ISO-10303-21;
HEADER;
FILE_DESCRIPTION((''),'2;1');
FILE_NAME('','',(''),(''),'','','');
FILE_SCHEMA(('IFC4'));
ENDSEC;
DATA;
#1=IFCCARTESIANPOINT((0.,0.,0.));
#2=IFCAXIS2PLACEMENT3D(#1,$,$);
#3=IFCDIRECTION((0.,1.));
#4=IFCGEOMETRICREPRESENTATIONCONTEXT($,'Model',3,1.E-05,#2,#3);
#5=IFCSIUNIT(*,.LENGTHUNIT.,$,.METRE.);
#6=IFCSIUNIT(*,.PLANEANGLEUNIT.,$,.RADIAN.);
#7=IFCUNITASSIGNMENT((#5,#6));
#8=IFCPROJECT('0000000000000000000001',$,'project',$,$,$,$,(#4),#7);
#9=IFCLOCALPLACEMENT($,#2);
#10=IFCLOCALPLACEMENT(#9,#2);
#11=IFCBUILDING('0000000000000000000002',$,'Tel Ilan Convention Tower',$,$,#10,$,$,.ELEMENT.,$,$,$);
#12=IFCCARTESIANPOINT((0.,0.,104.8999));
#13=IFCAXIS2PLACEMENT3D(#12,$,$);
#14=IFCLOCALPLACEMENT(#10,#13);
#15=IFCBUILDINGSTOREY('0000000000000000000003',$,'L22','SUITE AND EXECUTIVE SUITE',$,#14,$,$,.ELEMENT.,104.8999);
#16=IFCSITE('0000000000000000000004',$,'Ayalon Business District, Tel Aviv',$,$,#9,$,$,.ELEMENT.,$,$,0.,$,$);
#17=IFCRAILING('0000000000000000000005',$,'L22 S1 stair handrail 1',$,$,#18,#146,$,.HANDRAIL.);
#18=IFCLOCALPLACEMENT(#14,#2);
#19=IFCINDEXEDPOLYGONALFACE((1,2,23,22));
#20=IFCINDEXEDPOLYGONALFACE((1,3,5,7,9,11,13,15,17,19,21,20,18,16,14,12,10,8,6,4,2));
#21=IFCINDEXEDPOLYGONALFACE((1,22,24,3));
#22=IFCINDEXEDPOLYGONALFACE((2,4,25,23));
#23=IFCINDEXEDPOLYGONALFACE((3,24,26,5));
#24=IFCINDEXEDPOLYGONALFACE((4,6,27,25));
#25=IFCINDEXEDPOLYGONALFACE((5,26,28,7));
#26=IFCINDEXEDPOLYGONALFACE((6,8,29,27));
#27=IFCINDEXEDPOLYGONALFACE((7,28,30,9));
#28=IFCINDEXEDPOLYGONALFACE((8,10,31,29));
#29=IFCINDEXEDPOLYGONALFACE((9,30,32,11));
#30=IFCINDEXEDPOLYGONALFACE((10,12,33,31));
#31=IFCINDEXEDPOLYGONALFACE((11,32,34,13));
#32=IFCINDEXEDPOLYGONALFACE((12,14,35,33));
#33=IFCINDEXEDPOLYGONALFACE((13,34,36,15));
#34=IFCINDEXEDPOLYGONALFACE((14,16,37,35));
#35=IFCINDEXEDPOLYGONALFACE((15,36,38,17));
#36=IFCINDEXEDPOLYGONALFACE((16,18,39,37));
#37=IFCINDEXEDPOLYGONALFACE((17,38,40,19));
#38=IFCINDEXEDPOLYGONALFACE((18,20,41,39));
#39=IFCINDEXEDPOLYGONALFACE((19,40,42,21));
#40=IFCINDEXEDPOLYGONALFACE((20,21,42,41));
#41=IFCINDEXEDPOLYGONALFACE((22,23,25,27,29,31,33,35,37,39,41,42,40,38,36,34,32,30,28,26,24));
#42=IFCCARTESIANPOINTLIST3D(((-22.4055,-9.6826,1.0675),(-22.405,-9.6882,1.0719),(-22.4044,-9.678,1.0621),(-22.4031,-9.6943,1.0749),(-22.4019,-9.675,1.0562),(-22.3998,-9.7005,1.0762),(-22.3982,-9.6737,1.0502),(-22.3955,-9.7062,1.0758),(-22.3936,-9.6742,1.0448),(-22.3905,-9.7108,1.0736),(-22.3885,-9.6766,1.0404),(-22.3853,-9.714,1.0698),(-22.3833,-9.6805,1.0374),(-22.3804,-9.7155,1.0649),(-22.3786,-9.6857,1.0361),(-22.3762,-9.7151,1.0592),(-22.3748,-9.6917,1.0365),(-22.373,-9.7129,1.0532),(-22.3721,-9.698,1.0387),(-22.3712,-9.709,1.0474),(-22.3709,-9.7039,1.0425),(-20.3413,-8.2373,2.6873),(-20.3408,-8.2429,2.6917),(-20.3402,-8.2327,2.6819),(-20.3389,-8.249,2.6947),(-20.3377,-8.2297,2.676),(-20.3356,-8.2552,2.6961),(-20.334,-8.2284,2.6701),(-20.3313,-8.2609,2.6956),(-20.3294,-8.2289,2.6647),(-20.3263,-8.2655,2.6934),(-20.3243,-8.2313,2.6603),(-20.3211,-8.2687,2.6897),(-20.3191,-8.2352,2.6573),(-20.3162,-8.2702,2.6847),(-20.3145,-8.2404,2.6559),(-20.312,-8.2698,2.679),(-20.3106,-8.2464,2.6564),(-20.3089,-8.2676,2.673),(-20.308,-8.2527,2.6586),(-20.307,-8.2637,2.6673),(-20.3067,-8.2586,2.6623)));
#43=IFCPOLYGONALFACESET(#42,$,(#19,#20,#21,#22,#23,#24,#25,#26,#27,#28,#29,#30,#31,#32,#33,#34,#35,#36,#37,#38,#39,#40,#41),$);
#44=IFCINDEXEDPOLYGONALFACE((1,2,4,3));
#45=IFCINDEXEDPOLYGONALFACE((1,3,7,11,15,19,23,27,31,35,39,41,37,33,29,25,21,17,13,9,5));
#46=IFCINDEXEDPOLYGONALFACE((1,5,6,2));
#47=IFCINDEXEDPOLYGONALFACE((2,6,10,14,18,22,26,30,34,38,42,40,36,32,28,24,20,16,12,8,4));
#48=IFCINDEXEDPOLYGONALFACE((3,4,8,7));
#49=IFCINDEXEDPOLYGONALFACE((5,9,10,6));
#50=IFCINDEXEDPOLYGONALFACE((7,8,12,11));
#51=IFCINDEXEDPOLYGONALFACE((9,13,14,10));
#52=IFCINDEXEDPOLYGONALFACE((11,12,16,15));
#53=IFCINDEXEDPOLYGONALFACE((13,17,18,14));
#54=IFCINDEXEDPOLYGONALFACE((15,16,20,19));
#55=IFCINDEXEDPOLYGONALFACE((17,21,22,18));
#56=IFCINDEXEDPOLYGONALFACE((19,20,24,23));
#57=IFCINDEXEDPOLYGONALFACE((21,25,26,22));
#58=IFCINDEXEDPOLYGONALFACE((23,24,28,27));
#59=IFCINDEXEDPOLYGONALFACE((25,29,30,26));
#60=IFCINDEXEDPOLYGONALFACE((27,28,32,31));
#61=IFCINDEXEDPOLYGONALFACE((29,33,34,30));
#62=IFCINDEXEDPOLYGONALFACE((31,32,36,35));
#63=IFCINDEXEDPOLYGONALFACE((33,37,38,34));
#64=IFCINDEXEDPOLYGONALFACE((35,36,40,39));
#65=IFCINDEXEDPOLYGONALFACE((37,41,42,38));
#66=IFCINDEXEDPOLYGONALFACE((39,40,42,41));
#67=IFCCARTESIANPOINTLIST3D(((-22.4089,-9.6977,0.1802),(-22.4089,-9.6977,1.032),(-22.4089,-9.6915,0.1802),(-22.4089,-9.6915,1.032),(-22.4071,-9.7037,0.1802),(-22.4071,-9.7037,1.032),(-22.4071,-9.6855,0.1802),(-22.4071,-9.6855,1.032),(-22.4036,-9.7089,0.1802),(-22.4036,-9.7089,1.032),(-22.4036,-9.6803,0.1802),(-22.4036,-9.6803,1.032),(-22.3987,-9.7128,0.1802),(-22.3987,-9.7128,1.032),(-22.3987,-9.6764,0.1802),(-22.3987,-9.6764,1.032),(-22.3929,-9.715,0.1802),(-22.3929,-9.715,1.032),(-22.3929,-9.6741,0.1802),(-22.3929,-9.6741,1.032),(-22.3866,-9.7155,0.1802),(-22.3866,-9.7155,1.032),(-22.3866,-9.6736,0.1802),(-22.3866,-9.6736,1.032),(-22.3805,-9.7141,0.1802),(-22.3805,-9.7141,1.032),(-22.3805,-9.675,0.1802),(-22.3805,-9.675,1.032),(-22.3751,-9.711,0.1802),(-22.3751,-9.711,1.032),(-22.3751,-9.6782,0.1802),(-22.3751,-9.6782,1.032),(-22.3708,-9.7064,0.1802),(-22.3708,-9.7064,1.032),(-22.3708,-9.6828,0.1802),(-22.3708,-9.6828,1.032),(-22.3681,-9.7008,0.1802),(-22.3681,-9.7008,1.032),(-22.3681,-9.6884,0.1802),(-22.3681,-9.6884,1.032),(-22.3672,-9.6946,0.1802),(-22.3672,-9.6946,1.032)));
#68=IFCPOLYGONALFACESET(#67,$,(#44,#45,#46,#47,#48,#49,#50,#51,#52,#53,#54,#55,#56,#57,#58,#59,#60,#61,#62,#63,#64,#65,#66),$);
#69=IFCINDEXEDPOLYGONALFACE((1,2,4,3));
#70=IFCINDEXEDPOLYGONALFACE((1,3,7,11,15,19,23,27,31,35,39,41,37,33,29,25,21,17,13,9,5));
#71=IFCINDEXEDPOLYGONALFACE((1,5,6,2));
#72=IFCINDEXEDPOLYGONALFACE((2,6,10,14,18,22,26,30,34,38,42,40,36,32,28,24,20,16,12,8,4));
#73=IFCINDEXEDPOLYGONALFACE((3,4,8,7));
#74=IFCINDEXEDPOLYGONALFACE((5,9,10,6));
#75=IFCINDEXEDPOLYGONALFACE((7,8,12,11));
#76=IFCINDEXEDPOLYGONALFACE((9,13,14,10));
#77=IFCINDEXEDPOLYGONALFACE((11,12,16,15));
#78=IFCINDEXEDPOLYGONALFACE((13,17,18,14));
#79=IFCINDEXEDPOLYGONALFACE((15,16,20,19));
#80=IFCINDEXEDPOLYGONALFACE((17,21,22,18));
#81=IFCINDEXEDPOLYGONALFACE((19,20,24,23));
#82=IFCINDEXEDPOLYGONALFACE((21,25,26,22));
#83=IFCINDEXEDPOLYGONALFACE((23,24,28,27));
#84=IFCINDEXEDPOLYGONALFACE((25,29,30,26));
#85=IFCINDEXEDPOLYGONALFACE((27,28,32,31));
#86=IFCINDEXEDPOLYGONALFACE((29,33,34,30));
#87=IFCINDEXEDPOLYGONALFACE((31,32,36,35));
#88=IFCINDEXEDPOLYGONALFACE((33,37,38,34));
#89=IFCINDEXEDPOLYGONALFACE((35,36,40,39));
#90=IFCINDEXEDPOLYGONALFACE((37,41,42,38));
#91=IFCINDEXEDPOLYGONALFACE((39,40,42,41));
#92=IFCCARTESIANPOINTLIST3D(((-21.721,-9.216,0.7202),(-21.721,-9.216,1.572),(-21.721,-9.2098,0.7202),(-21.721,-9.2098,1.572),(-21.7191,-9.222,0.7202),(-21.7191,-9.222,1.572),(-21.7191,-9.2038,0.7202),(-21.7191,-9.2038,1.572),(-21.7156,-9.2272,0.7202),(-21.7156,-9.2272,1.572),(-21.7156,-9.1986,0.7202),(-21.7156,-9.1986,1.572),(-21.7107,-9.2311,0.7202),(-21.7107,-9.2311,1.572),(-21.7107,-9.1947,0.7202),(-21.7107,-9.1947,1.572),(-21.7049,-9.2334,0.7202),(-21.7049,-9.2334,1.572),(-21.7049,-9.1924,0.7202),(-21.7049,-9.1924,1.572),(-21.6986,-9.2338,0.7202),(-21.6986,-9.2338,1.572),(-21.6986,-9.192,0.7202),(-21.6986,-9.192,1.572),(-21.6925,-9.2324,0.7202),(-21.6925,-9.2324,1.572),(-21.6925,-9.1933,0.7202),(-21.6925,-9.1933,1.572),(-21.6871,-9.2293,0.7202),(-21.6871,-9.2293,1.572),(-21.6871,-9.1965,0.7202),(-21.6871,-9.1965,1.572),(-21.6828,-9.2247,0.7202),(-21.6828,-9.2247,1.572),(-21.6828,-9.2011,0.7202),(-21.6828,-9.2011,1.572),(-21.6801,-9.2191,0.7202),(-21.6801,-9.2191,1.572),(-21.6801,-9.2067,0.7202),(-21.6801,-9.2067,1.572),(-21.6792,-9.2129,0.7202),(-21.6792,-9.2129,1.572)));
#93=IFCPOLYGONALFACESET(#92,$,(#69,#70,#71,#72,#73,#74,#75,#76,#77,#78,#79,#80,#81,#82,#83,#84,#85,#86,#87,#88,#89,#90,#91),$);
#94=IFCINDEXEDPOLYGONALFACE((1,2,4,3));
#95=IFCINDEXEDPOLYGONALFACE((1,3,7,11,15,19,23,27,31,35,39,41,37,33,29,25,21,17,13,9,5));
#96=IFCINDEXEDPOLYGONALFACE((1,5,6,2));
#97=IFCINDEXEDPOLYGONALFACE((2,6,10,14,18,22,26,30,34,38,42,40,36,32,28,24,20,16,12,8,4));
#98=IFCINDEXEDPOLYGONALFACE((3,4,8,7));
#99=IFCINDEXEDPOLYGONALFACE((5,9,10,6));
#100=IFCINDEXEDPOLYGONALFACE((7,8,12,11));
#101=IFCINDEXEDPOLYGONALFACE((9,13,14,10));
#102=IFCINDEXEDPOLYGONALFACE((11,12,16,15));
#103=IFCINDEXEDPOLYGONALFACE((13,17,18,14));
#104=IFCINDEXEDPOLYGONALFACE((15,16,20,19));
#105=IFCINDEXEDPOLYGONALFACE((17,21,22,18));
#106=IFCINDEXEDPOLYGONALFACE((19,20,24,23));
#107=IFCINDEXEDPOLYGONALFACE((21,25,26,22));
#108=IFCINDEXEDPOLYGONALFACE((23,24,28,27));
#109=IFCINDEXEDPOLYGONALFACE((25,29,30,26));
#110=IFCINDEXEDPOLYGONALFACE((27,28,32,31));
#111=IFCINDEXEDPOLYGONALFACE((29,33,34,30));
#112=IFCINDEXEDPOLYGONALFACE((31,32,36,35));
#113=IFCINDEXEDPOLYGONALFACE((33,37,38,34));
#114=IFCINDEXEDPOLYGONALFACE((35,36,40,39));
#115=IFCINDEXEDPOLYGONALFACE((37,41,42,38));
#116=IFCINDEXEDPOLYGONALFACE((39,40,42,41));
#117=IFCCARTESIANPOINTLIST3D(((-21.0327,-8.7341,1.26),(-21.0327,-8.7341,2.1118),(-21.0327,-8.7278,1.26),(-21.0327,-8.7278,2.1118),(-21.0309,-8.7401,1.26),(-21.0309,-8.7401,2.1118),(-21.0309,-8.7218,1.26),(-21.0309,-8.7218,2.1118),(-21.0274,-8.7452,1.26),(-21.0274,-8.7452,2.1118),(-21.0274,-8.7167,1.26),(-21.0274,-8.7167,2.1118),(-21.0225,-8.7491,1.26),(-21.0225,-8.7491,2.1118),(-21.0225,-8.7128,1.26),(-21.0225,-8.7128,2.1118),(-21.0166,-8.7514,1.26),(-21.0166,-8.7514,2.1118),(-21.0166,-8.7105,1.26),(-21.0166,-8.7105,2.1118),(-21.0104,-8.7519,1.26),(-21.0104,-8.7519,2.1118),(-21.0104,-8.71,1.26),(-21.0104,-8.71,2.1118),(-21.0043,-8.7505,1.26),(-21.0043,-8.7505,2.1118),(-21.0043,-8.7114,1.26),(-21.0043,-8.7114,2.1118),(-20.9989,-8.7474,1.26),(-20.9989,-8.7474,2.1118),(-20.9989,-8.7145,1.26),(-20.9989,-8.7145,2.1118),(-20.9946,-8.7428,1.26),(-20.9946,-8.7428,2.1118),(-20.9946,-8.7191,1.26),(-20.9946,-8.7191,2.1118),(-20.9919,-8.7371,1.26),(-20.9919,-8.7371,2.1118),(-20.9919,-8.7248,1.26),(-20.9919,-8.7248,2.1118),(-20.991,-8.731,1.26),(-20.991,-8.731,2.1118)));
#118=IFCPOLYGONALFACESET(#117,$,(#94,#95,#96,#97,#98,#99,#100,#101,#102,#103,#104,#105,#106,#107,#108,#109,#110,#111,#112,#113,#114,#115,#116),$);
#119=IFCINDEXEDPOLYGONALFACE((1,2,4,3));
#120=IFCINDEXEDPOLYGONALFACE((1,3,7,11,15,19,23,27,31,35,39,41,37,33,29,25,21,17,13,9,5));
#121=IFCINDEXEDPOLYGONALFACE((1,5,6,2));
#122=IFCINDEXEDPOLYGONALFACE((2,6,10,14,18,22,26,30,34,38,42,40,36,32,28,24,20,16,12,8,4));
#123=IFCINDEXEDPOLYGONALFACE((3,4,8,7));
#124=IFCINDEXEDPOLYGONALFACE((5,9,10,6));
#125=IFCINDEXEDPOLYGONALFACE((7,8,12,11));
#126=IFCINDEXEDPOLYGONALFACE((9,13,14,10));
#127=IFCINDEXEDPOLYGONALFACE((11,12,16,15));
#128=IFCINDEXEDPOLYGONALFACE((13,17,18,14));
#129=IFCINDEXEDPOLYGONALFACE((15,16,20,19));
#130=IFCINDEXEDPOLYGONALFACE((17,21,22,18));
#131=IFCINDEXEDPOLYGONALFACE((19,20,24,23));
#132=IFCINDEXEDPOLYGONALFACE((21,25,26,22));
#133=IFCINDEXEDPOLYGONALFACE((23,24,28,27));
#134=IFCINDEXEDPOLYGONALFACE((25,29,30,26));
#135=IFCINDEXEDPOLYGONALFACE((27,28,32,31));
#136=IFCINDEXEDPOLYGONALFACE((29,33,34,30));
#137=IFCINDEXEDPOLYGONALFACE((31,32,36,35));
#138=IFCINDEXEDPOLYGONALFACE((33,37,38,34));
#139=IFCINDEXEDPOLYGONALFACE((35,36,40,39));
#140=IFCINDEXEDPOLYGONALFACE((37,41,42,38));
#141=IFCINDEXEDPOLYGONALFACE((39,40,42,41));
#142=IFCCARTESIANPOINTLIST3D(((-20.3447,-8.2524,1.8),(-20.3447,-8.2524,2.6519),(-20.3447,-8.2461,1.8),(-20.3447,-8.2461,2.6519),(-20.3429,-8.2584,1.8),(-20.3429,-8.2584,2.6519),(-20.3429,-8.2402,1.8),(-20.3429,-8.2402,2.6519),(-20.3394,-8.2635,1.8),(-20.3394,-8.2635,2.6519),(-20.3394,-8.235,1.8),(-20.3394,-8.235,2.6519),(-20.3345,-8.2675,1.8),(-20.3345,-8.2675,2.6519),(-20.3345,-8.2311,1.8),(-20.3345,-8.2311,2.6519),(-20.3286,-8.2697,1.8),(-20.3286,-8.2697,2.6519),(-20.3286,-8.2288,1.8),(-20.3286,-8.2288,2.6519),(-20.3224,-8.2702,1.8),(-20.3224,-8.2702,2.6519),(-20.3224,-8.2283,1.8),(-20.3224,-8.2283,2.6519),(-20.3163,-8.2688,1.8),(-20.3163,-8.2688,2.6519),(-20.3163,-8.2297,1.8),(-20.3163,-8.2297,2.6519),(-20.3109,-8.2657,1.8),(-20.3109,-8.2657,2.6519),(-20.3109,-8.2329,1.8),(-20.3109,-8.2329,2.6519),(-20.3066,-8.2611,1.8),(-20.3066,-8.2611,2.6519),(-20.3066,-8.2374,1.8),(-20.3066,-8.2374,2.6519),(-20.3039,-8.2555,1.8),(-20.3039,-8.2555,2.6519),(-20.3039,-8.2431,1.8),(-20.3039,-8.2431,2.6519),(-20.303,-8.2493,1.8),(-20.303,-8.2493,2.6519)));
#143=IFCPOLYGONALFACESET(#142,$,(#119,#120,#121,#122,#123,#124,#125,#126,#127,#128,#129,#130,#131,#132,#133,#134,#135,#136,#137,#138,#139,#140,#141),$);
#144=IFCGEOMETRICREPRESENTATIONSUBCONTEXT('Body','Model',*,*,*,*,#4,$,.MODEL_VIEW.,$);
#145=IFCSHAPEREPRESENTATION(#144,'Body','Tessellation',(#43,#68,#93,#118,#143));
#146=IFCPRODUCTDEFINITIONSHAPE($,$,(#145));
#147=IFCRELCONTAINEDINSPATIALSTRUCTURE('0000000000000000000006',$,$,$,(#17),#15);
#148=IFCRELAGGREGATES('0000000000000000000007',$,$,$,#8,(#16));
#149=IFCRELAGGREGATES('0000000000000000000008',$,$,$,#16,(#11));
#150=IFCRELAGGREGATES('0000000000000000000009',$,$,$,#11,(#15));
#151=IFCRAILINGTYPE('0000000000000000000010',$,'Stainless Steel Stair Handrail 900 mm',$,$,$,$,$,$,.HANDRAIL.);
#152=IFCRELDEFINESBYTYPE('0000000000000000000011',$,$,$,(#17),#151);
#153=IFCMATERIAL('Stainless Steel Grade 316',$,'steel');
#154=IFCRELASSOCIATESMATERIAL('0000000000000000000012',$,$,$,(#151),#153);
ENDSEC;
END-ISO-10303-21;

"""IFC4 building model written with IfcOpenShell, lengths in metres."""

from ifc_helpers import new_model, si_unit, direction, frame, origin, origin_2d, place, context, subcontext, project, spatial, circle, extrude, material, type_object, element, save


model = new_model("IFC4")

# Units and contexts
model_context = context("Model", 3, precision=1e-05, world=origin(), true_north=direction((0.0, 1.0)))
body_context = subcontext(model_context, "Body", "Model", "MODEL_VIEW")
ifc_project = project(units=[si_unit("LENGTHUNIT", "METRE"), si_unit("PLANEANGLEUNIT", "RADIAN")], contexts=[model_context])

# Site, building, storey
site_placement = place(None, origin())
site = spatial("IfcSite", under=ifc_project, at=site_placement, Name="Ayalon Business District, Tel Aviv", CompositionType="ELEMENT", RefElevation=0.0)
building_placement = place(site_placement, origin())
building = spatial("IfcBuilding", under=site, at=building_placement, Name="Tel Ilan Convention Tower", CompositionType="ELEMENT")
storey_placement = place(building_placement, frame((0.0, 0.0, 104.8999)))
storey = spatial("IfcBuildingStorey", under=building, at=storey_placement, Name="L22", Description="SUITE AND EXECUTIVE SUITE", CompositionType="ELEMENT", Elevation=104.8999)

# Railing
ifc_material_1 = material(Name="Stainless Steel Grade 316", Category="steel")
railing_type_1 = type_object("IfcRailingType", Name="Stainless Steel Stair Handrail 900 mm", PredefinedType="HANDRAIL", material=ifc_material_1)
railing_1_placement = place(storey_placement, frame((-22.3882, -9.6946, 0.1802)))
element("IfcRailing", 1, at=railing_1_placement, inside=storey, type_object=railing_type_1, Name="L22 S1 stair handrail 1", PredefinedType="HANDRAIL", context=body_context, shape_type="SweptSolid", body=[
    extrude(circle(Radius=0.0239, at=origin_2d()), frame((0.0, 0.0, 0.876), z_axis=(0.68907, 0.482472, 0.540743), x_axis=(-0.57356, 0.819164, 0.0)), (0.0, 0.0, 1.0), 2.9956),
    extrude(circle(Radius=0.021, at=origin_2d()), origin(), (0.0, 0.0, 1.0), 0.8518),
    extrude(circle(Radius=0.021, at=origin_2d()), frame((0.688, 0.4817, 0.54)), (0.0, 0.0, 1.0), 0.8518),
    extrude(circle(Radius=0.021, at=origin_2d()), frame((1.3762, 0.9636, 1.0798)), (0.0, 0.0, 1.0), 0.8518),
    extrude(circle(Radius=0.021, at=origin_2d()), frame((2.0642, 1.4453, 1.6199)), (0.0, 0.0, 1.0), 0.8518),
])

save(model, "model.ifc")
